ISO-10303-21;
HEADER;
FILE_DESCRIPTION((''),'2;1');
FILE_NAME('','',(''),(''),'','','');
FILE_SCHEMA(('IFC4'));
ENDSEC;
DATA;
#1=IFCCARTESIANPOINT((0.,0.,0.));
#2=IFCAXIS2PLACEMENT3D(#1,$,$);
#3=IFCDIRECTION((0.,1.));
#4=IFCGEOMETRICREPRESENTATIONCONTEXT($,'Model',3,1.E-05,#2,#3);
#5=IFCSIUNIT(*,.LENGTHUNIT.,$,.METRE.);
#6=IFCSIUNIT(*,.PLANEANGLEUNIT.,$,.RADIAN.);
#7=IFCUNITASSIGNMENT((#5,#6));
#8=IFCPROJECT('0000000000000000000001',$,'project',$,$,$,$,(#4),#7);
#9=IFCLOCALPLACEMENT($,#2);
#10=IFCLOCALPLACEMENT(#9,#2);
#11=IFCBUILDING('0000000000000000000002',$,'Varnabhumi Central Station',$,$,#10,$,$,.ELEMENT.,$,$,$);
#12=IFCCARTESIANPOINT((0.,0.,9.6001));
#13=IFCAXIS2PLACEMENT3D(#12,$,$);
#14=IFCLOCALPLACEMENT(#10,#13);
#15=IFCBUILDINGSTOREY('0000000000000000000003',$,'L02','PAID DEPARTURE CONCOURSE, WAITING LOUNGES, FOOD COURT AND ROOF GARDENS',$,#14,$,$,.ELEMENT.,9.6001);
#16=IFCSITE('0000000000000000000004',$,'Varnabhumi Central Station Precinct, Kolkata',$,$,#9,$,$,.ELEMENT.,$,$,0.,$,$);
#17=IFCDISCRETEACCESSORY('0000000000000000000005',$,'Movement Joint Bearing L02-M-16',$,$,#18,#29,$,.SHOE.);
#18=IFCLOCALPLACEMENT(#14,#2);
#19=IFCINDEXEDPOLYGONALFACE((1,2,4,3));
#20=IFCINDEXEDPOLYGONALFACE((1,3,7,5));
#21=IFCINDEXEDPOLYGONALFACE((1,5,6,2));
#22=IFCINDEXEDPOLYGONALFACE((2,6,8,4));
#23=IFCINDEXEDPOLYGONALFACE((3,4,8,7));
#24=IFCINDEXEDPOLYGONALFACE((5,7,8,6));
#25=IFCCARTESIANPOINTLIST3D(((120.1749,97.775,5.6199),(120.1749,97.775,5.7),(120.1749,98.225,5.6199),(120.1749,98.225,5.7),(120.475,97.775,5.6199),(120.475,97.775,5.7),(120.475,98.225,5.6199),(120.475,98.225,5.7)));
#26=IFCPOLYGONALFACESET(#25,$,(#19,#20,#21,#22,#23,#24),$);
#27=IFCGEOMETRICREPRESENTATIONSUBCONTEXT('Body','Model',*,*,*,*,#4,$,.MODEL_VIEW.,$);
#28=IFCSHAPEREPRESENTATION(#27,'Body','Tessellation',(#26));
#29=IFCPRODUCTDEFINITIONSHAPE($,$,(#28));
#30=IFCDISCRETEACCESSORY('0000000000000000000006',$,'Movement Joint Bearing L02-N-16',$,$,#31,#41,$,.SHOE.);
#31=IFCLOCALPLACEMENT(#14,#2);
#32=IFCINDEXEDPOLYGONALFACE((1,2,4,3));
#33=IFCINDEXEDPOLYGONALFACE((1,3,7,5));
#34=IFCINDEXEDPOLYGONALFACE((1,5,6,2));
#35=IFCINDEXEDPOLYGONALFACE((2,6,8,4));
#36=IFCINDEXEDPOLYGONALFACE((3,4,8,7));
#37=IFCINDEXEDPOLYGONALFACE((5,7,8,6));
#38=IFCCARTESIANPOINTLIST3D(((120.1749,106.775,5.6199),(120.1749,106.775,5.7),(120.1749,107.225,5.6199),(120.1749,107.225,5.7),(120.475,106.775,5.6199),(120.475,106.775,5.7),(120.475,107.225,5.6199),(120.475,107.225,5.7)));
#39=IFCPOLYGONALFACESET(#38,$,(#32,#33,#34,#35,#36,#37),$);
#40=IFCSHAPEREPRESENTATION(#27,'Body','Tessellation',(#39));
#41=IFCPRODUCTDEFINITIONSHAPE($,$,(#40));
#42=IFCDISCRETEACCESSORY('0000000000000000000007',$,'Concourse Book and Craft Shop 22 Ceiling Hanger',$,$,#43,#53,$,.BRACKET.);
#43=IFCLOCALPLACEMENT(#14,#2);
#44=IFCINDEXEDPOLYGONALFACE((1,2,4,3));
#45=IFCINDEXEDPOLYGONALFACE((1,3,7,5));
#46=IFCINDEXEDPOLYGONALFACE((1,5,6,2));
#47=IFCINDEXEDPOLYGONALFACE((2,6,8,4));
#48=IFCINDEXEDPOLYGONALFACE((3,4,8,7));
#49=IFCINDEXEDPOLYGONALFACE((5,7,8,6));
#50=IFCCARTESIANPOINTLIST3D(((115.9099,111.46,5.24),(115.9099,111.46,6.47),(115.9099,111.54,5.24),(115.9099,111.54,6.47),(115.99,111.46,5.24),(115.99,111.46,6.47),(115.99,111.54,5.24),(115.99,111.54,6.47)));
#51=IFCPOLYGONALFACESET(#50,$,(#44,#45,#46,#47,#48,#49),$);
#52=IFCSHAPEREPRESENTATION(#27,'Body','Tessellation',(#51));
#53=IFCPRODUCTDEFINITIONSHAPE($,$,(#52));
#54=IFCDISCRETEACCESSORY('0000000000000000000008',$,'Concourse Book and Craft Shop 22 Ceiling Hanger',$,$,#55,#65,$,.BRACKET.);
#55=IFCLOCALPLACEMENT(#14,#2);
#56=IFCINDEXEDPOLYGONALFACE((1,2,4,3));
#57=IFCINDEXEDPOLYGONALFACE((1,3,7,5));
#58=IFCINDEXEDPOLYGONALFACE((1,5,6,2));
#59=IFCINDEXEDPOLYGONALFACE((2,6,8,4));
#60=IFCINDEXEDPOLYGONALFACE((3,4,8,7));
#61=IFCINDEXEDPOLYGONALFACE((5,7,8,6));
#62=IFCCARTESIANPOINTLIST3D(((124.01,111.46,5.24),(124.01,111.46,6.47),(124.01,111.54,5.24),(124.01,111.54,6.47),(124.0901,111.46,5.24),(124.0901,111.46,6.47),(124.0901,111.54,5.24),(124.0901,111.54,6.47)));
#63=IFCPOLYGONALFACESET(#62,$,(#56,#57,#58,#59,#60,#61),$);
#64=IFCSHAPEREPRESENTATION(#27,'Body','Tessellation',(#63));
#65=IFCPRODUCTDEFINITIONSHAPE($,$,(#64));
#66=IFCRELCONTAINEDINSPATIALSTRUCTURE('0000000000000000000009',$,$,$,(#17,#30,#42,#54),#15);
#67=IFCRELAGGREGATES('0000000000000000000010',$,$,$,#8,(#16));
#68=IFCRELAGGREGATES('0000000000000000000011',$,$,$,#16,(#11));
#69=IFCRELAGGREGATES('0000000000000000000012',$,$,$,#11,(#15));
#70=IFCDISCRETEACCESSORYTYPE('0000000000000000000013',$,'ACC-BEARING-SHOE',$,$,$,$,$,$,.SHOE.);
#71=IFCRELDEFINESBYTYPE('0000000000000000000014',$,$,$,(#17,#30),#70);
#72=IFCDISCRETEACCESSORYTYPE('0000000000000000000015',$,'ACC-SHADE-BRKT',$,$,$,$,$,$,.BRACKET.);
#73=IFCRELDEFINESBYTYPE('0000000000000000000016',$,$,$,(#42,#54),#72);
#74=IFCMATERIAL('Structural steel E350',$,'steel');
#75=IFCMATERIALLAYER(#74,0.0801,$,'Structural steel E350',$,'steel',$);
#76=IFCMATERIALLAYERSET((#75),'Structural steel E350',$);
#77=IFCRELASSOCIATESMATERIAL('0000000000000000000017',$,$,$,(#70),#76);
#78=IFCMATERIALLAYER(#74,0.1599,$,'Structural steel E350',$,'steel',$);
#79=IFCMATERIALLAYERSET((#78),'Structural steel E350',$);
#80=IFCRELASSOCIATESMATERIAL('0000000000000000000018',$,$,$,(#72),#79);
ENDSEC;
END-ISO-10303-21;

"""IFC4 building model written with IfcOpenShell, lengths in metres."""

from ifc_helpers import new_model, si_unit, direction, frame, origin, origin_2d, place, context, subcontext, project, spatial, rectangle, extrude, material, layer, layer_set, type_object, element, save


model = new_model("IFC4")

# Units and contexts
model_context = context("Model", 3, precision=1e-05, world=origin(), true_north=direction((0.0, 1.0)))
body_context = subcontext(model_context, "Body", "Model", "MODEL_VIEW")
ifc_project = project(units=[si_unit("LENGTHUNIT", "METRE"), si_unit("PLANEANGLEUNIT", "RADIAN")], contexts=[model_context])

# Site, building, storey
site_placement = place(None, origin())
site = spatial("IfcSite", under=ifc_project, at=site_placement, Name="Varnabhumi Central Station Precinct, Kolkata", CompositionType="ELEMENT", RefElevation=0.0)
building_placement = place(site_placement, origin())
building = spatial("IfcBuilding", under=site, at=building_placement, Name="Varnabhumi Central Station", CompositionType="ELEMENT")
storey_placement = place(building_placement, frame((0.0, 0.0, 9.6001)))
storey = spatial("IfcBuildingStorey", under=building, at=storey_placement, Name="L02", Description="PAID DEPARTURE CONCOURSE, WAITING LOUNGES, FOOD COURT AND ROOF GARDENS", CompositionType="ELEMENT", Elevation=9.6001)

# Shared definitions
ifc_material_1 = material(Name="Structural steel E350", Category="steel")

# Discrete accessories
ifc_layer_1 = layer(ifc_material_1, 0.0801, Name="Structural steel E350", Category="steel")
ifc_layer_set_1 = layer_set([ifc_layer_1], Name="Structural steel E350")
discrete_accessory_type_1 = type_object("IfcDiscreteAccessoryType", Name="ACC-BEARING-SHOE", PredefinedType="SHOE", material=ifc_layer_set_1)
for number, where, z_axis, x_axis, name in (
    (1, (120.325, 98.0, 5.6199), (0.0, 0.0, 1.0), (1.0, 0.0, 0.0), "Movement Joint Bearing L02-M-16"),
    (2, (120.325, 107.0, 5.6199), (0.0, 0.0, 1.0), (1.0, 0.0, 0.0), "Movement Joint Bearing L02-N-16"),
):
    element("IfcDiscreteAccessory", number, at=place(storey_placement, frame(where, z_axis=z_axis, x_axis=x_axis)), inside=storey, type_object=discrete_accessory_type_1, Name=name, PredefinedType="SHOE", context=body_context, shape_type="SweptSolid", body=[
        extrude(rectangle(XDim=0.3, YDim=0.45, at=origin_2d()), origin(), (0.0, 0.0, 1.0), 0.0801),
    ])
ifc_layer_2 = layer(ifc_material_1, 0.1599, Name="Structural steel E350", Category="steel")
ifc_layer_set_2 = layer_set([ifc_layer_2], Name="Structural steel E350")
discrete_accessory_type_2 = type_object("IfcDiscreteAccessoryType", Name="ACC-SHADE-BRKT", PredefinedType="BRACKET", material=ifc_layer_set_2)
for number, where, z_axis, x_axis, name in (
    (3, (115.95, 111.5, 5.24), (0.0, 0.0, 1.0), (1.0, 0.0, 0.0), "Concourse Book and Craft Shop 22 Ceiling Hanger"),
    (4, (124.05, 111.5, 5.24), (0.0, 0.0, 1.0), (1.0, 0.0, 0.0), "Concourse Book and Craft Shop 22 Ceiling Hanger"),
):
    element("IfcDiscreteAccessory", number, at=place(storey_placement, frame(where, z_axis=z_axis, x_axis=x_axis)), inside=storey, type_object=discrete_accessory_type_2, Name=name, PredefinedType="BRACKET", context=body_context, shape_type="SweptSolid", body=[
        extrude(rectangle(XDim=0.0801, YDim=0.0801, at=origin_2d()), origin(), (0.0, 0.0, 1.0), 1.23),
    ])

save(model, "model.ifc")
